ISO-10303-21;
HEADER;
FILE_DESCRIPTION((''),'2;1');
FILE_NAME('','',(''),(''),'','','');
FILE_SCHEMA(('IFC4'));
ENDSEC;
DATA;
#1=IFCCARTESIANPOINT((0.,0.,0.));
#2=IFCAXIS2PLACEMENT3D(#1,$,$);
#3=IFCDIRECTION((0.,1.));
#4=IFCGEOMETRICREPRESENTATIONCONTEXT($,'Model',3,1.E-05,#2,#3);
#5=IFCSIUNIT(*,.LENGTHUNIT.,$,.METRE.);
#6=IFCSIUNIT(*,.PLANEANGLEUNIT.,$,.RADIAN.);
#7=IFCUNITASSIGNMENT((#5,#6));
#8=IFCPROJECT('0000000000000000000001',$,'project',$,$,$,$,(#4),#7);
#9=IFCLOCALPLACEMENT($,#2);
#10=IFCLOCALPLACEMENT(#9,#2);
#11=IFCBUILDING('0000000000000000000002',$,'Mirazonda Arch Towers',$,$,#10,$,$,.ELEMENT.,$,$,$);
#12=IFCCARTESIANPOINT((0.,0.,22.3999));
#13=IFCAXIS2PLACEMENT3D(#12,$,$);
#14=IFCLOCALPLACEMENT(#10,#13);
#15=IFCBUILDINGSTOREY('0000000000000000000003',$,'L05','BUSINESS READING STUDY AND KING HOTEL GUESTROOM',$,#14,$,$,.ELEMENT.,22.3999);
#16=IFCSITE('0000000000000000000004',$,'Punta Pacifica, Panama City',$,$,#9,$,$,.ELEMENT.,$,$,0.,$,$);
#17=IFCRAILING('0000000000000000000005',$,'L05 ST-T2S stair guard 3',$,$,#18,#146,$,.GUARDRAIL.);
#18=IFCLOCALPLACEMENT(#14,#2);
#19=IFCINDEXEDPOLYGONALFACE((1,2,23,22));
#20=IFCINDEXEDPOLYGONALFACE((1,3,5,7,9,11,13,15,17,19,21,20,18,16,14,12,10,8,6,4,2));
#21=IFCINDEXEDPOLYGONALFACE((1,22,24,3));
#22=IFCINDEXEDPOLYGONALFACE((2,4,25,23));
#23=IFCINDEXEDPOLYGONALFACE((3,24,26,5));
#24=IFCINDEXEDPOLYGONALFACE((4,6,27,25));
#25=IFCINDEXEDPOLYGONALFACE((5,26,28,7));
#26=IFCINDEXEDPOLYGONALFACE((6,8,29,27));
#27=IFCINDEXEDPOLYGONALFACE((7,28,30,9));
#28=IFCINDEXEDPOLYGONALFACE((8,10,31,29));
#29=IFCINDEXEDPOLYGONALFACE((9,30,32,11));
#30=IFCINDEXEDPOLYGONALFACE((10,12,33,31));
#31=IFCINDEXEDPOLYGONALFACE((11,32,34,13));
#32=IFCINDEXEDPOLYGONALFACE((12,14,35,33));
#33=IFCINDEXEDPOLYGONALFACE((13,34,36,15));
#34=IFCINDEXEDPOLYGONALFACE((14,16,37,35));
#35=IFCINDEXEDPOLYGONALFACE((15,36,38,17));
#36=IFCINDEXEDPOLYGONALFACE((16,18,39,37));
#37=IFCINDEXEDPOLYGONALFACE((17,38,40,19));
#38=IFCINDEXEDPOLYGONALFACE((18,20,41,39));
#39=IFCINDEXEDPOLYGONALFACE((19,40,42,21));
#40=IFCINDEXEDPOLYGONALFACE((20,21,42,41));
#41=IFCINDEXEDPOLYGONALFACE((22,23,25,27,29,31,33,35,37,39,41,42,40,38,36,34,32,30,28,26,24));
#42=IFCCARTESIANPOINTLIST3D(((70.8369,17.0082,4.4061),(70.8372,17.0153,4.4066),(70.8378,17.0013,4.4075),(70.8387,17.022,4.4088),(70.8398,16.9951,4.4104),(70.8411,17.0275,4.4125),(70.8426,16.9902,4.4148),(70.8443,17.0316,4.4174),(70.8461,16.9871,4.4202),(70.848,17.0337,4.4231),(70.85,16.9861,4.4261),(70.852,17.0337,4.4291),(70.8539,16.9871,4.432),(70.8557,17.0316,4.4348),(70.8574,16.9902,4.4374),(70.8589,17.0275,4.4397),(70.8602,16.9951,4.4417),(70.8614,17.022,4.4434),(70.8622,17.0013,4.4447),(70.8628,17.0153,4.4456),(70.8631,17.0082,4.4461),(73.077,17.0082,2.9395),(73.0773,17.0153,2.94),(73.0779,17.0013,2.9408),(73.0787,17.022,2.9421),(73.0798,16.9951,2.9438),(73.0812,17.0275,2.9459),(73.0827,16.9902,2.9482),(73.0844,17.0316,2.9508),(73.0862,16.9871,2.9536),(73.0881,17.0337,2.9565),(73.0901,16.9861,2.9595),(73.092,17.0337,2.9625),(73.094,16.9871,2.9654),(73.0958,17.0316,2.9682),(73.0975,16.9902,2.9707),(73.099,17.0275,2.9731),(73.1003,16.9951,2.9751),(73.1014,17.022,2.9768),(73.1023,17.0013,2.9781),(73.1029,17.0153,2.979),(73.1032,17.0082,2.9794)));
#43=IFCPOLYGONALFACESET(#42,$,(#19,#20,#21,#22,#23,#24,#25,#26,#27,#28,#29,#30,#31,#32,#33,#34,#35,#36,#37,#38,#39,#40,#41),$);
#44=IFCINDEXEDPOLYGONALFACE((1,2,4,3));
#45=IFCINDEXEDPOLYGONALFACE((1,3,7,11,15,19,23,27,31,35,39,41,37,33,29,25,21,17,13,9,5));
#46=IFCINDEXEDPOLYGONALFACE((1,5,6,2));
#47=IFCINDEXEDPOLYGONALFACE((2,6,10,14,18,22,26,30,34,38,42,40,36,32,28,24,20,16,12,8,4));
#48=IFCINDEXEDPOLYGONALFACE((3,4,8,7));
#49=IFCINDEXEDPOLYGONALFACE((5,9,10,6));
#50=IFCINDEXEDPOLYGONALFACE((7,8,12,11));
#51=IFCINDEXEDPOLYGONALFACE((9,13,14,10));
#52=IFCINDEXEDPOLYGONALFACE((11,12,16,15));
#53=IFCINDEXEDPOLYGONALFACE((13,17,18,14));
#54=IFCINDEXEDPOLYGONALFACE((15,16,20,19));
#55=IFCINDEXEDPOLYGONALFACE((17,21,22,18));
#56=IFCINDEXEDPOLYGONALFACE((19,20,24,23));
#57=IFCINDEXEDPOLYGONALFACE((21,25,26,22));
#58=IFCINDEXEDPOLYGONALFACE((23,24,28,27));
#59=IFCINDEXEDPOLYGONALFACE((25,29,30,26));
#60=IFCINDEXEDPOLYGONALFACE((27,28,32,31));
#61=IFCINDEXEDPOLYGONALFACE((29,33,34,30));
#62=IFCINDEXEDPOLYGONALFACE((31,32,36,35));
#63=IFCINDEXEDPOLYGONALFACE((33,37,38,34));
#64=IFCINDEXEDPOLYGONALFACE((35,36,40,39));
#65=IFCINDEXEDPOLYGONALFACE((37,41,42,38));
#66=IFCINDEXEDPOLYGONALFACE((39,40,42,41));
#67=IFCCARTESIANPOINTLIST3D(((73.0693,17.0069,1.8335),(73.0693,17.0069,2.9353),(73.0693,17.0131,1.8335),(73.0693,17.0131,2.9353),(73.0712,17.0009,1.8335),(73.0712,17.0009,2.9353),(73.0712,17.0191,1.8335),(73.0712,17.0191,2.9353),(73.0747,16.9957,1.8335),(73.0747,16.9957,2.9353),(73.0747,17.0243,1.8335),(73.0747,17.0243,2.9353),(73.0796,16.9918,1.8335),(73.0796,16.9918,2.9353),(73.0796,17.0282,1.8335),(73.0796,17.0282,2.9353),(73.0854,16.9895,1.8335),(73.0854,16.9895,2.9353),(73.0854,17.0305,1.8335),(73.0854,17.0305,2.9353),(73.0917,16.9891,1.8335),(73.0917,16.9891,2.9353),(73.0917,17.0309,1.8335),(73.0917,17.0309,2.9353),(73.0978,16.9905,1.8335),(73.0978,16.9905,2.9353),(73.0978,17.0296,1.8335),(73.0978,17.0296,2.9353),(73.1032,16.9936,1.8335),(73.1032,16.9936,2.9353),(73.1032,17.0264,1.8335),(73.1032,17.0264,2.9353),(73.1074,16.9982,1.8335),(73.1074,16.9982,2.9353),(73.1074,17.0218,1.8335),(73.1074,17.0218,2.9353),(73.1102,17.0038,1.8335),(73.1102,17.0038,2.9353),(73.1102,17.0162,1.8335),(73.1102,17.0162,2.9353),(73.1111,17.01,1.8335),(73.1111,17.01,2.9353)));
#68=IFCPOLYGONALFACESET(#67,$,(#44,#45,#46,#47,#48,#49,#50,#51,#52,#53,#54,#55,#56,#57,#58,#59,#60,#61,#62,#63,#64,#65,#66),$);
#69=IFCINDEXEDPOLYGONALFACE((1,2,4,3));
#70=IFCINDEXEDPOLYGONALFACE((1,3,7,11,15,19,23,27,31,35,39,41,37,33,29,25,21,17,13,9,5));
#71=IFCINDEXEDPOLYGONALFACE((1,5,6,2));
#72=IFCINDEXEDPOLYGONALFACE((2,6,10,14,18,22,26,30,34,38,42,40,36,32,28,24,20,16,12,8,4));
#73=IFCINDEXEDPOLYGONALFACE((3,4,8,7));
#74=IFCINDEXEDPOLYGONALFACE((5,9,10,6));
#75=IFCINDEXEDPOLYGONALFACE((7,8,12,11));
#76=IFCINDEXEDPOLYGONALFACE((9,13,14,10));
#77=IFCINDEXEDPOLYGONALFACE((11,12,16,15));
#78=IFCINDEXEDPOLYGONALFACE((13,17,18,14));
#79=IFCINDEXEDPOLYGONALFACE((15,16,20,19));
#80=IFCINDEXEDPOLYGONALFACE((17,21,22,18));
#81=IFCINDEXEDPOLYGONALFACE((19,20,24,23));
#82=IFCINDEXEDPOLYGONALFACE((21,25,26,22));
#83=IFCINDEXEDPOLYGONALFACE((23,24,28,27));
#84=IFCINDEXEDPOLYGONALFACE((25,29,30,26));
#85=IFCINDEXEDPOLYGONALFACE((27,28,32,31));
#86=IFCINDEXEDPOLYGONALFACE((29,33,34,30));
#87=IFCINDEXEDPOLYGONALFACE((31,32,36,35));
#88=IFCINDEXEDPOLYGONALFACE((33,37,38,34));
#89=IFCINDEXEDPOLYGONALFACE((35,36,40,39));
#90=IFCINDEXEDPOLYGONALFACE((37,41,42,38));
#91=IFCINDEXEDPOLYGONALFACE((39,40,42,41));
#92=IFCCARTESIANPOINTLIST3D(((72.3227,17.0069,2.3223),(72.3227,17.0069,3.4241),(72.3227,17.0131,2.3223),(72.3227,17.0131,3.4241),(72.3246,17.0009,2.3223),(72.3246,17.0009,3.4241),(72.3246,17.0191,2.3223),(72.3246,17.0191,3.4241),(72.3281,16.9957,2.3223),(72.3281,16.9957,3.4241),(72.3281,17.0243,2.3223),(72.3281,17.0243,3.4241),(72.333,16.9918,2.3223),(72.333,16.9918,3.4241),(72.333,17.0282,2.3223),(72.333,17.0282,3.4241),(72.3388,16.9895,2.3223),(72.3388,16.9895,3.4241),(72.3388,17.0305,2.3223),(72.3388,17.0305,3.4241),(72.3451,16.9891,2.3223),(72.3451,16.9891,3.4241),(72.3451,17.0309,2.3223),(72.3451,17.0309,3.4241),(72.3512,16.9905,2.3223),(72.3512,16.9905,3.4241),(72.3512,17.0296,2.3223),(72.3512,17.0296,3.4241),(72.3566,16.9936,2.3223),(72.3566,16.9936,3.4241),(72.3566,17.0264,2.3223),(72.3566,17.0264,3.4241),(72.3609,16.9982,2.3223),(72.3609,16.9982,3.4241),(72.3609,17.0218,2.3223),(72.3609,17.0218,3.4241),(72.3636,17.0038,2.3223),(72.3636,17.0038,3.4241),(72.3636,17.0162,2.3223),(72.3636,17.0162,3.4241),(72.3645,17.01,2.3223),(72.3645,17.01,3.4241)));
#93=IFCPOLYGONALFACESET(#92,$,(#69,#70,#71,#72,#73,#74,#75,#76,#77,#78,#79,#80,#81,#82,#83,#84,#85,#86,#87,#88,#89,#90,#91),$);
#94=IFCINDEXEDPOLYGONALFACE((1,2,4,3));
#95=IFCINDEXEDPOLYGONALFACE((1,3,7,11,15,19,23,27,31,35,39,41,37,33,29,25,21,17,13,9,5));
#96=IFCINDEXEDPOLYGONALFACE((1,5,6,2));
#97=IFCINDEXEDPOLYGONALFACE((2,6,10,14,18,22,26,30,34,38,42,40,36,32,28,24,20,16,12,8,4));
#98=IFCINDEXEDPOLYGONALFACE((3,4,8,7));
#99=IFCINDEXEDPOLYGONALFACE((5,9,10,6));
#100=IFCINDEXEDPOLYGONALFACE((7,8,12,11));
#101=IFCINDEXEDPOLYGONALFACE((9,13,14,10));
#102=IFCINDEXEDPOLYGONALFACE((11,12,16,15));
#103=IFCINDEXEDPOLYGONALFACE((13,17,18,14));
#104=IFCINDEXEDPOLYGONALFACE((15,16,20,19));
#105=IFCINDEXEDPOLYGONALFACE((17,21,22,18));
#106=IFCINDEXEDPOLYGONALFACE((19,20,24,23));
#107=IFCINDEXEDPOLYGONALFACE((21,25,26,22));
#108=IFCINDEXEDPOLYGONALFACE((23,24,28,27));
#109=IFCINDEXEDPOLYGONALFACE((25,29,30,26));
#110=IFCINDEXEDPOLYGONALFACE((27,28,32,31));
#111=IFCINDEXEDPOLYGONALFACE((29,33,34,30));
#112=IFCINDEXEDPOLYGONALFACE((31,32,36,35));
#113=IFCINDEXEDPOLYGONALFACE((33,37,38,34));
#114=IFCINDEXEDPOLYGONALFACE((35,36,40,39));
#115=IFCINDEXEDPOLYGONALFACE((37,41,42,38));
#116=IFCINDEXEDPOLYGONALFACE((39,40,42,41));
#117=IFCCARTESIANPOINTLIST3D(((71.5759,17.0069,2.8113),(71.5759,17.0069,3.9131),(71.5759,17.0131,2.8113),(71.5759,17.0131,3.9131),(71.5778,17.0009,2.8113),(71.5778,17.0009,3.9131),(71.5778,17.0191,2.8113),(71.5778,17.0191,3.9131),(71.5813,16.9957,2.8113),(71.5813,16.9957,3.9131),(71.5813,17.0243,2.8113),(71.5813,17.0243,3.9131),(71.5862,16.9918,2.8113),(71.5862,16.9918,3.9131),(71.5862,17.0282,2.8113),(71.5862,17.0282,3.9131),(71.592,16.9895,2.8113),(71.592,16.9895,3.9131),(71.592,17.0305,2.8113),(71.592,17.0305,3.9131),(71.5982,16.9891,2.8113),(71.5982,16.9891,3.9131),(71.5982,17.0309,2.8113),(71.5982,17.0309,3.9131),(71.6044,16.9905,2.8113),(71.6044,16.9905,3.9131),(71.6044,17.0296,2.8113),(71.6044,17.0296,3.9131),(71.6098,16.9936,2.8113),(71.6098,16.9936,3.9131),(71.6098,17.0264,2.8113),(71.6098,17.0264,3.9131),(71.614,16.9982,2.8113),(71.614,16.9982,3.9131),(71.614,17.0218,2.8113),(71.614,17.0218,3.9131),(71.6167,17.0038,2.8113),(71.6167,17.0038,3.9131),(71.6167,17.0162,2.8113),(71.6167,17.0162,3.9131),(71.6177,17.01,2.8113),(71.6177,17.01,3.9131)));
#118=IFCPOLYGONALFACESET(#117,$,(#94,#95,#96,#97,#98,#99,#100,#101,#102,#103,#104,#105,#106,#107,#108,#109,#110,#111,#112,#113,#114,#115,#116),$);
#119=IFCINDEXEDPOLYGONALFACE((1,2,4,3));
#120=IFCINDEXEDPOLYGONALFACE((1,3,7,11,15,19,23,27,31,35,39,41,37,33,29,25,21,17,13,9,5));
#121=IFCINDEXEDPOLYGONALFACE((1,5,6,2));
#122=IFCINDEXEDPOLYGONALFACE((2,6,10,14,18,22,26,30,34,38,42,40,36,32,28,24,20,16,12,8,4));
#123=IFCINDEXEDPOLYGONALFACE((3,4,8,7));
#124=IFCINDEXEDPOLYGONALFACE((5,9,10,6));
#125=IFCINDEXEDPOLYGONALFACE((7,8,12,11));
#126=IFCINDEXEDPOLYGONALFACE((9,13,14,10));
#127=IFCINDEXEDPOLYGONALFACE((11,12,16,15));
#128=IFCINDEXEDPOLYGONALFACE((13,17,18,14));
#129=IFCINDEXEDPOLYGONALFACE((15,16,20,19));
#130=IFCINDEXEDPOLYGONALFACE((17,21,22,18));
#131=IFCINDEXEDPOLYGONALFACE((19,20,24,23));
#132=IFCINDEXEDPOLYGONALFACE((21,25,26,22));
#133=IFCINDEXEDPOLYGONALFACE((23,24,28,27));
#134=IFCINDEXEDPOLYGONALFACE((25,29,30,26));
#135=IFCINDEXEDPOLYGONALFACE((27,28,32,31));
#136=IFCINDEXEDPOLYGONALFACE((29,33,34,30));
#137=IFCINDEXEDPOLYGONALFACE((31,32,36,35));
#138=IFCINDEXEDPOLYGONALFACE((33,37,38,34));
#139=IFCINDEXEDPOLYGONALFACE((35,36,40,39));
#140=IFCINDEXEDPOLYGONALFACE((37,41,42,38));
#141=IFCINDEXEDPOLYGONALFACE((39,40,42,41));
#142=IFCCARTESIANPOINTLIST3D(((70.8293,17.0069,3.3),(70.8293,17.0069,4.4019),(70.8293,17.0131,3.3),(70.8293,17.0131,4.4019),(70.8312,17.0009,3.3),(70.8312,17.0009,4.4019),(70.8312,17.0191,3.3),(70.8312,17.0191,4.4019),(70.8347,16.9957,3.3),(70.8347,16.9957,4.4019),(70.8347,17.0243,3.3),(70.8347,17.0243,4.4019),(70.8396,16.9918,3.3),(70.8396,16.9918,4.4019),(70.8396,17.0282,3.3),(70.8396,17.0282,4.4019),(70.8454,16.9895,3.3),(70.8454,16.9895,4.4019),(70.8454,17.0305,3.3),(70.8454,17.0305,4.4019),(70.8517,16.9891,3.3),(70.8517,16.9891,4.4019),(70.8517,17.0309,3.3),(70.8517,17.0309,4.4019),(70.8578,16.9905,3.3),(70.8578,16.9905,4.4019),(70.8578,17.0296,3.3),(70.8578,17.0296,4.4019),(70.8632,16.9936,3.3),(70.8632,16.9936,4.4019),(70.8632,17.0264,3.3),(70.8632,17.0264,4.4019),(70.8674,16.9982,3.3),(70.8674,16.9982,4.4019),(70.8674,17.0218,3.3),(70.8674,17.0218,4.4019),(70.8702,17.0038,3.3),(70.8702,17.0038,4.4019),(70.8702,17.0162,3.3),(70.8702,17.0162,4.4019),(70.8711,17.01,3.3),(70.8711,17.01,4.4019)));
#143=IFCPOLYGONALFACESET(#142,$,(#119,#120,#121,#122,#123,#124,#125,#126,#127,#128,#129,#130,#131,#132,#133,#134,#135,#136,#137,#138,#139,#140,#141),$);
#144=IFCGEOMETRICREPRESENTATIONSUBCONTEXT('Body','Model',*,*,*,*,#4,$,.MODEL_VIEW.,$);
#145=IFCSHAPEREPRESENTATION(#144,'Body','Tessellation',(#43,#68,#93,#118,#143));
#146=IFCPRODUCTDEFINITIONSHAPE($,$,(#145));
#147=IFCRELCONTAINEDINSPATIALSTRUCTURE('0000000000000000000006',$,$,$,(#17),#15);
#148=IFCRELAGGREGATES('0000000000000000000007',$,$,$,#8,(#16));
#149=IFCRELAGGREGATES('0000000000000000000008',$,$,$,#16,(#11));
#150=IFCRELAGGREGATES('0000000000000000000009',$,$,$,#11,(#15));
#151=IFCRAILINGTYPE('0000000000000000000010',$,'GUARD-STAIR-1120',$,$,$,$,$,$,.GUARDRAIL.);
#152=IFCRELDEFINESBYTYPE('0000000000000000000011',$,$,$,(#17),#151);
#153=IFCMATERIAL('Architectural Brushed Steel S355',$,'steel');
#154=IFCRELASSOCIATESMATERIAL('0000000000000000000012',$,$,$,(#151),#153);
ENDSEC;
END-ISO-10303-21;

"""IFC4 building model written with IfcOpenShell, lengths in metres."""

from ifc_helpers import new_model, si_unit, direction, frame, origin, origin_2d, place, context, subcontext, project, spatial, circle, extrude, material, type_object, element, save


model = new_model("IFC4")

# Units and contexts
model_context = context("Model", 3, precision=1e-05, world=origin(), true_north=direction((0.0, 1.0)))
body_context = subcontext(model_context, "Body", "Model", "MODEL_VIEW")
ifc_project = project(units=[si_unit("LENGTHUNIT", "METRE"), si_unit("PLANEANGLEUNIT", "RADIAN")], contexts=[model_context])

# Site, building, storey
site_placement = place(None, origin())
site = spatial("IfcSite", under=ifc_project, at=site_placement, Name="Punta Pacifica, Panama City", CompositionType="ELEMENT", RefElevation=0.0)
building_placement = place(site_placement, origin())
building = spatial("IfcBuilding", under=site, at=building_placement, Name="Mirazonda Arch Towers", CompositionType="ELEMENT")
storey_placement = place(building_placement, frame((0.0, 0.0, 22.3999)))
storey = spatial("IfcBuildingStorey", under=building, at=storey_placement, Name="L05", Description="BUSINESS READING STUDY AND KING HOTEL GUESTROOM", CompositionType="ELEMENT", Elevation=22.3999)

# Shared definitions
ifc_material_1 = material(Name="Architectural Brushed Steel S355", Category="steel")

# Railing
railing_type_1 = type_object("IfcRailingType", Name="GUARD-STAIR-1120", PredefinedType="GUARDRAIL", material=ifc_material_1)
railing_1_placement = place(storey_placement, frame((73.0901, 17.01, 1.8335)))
element("IfcRailing", 1, at=railing_1_placement, inside=storey, type_object=railing_type_1, Name="L05 ST-T2S stair guard 3", PredefinedType="GUARDRAIL", context=body_context, shape_type="SweptSolid", body=[
    extrude(circle(Radius=0.0239, at=origin_2d()), frame((0.0, 0.0, 1.126), z_axis=(-0.836637, 0.0, 0.547758), x_axis=(0.0, -1.0, 0.0)), (0.0, 0.0, 1.0), 2.6775),
    extrude(circle(Radius=0.021, at=origin_2d()), origin(), (0.0, 0.0, 1.0), 1.1018),
    extrude(circle(Radius=0.021, at=origin_2d()), frame((-0.7466, 0.0, 0.4888)), (0.0, 0.0, 1.0), 1.1018),
    extrude(circle(Radius=0.021, at=origin_2d()), frame((-1.4934, 0.0, 0.9778)), (0.0, 0.0, 1.0), 1.1018),
    extrude(circle(Radius=0.021, at=origin_2d()), frame((-2.24, 0.0, 1.4666)), (0.0, 0.0, 1.0), 1.1018),
])

save(model, "model.ifc")
